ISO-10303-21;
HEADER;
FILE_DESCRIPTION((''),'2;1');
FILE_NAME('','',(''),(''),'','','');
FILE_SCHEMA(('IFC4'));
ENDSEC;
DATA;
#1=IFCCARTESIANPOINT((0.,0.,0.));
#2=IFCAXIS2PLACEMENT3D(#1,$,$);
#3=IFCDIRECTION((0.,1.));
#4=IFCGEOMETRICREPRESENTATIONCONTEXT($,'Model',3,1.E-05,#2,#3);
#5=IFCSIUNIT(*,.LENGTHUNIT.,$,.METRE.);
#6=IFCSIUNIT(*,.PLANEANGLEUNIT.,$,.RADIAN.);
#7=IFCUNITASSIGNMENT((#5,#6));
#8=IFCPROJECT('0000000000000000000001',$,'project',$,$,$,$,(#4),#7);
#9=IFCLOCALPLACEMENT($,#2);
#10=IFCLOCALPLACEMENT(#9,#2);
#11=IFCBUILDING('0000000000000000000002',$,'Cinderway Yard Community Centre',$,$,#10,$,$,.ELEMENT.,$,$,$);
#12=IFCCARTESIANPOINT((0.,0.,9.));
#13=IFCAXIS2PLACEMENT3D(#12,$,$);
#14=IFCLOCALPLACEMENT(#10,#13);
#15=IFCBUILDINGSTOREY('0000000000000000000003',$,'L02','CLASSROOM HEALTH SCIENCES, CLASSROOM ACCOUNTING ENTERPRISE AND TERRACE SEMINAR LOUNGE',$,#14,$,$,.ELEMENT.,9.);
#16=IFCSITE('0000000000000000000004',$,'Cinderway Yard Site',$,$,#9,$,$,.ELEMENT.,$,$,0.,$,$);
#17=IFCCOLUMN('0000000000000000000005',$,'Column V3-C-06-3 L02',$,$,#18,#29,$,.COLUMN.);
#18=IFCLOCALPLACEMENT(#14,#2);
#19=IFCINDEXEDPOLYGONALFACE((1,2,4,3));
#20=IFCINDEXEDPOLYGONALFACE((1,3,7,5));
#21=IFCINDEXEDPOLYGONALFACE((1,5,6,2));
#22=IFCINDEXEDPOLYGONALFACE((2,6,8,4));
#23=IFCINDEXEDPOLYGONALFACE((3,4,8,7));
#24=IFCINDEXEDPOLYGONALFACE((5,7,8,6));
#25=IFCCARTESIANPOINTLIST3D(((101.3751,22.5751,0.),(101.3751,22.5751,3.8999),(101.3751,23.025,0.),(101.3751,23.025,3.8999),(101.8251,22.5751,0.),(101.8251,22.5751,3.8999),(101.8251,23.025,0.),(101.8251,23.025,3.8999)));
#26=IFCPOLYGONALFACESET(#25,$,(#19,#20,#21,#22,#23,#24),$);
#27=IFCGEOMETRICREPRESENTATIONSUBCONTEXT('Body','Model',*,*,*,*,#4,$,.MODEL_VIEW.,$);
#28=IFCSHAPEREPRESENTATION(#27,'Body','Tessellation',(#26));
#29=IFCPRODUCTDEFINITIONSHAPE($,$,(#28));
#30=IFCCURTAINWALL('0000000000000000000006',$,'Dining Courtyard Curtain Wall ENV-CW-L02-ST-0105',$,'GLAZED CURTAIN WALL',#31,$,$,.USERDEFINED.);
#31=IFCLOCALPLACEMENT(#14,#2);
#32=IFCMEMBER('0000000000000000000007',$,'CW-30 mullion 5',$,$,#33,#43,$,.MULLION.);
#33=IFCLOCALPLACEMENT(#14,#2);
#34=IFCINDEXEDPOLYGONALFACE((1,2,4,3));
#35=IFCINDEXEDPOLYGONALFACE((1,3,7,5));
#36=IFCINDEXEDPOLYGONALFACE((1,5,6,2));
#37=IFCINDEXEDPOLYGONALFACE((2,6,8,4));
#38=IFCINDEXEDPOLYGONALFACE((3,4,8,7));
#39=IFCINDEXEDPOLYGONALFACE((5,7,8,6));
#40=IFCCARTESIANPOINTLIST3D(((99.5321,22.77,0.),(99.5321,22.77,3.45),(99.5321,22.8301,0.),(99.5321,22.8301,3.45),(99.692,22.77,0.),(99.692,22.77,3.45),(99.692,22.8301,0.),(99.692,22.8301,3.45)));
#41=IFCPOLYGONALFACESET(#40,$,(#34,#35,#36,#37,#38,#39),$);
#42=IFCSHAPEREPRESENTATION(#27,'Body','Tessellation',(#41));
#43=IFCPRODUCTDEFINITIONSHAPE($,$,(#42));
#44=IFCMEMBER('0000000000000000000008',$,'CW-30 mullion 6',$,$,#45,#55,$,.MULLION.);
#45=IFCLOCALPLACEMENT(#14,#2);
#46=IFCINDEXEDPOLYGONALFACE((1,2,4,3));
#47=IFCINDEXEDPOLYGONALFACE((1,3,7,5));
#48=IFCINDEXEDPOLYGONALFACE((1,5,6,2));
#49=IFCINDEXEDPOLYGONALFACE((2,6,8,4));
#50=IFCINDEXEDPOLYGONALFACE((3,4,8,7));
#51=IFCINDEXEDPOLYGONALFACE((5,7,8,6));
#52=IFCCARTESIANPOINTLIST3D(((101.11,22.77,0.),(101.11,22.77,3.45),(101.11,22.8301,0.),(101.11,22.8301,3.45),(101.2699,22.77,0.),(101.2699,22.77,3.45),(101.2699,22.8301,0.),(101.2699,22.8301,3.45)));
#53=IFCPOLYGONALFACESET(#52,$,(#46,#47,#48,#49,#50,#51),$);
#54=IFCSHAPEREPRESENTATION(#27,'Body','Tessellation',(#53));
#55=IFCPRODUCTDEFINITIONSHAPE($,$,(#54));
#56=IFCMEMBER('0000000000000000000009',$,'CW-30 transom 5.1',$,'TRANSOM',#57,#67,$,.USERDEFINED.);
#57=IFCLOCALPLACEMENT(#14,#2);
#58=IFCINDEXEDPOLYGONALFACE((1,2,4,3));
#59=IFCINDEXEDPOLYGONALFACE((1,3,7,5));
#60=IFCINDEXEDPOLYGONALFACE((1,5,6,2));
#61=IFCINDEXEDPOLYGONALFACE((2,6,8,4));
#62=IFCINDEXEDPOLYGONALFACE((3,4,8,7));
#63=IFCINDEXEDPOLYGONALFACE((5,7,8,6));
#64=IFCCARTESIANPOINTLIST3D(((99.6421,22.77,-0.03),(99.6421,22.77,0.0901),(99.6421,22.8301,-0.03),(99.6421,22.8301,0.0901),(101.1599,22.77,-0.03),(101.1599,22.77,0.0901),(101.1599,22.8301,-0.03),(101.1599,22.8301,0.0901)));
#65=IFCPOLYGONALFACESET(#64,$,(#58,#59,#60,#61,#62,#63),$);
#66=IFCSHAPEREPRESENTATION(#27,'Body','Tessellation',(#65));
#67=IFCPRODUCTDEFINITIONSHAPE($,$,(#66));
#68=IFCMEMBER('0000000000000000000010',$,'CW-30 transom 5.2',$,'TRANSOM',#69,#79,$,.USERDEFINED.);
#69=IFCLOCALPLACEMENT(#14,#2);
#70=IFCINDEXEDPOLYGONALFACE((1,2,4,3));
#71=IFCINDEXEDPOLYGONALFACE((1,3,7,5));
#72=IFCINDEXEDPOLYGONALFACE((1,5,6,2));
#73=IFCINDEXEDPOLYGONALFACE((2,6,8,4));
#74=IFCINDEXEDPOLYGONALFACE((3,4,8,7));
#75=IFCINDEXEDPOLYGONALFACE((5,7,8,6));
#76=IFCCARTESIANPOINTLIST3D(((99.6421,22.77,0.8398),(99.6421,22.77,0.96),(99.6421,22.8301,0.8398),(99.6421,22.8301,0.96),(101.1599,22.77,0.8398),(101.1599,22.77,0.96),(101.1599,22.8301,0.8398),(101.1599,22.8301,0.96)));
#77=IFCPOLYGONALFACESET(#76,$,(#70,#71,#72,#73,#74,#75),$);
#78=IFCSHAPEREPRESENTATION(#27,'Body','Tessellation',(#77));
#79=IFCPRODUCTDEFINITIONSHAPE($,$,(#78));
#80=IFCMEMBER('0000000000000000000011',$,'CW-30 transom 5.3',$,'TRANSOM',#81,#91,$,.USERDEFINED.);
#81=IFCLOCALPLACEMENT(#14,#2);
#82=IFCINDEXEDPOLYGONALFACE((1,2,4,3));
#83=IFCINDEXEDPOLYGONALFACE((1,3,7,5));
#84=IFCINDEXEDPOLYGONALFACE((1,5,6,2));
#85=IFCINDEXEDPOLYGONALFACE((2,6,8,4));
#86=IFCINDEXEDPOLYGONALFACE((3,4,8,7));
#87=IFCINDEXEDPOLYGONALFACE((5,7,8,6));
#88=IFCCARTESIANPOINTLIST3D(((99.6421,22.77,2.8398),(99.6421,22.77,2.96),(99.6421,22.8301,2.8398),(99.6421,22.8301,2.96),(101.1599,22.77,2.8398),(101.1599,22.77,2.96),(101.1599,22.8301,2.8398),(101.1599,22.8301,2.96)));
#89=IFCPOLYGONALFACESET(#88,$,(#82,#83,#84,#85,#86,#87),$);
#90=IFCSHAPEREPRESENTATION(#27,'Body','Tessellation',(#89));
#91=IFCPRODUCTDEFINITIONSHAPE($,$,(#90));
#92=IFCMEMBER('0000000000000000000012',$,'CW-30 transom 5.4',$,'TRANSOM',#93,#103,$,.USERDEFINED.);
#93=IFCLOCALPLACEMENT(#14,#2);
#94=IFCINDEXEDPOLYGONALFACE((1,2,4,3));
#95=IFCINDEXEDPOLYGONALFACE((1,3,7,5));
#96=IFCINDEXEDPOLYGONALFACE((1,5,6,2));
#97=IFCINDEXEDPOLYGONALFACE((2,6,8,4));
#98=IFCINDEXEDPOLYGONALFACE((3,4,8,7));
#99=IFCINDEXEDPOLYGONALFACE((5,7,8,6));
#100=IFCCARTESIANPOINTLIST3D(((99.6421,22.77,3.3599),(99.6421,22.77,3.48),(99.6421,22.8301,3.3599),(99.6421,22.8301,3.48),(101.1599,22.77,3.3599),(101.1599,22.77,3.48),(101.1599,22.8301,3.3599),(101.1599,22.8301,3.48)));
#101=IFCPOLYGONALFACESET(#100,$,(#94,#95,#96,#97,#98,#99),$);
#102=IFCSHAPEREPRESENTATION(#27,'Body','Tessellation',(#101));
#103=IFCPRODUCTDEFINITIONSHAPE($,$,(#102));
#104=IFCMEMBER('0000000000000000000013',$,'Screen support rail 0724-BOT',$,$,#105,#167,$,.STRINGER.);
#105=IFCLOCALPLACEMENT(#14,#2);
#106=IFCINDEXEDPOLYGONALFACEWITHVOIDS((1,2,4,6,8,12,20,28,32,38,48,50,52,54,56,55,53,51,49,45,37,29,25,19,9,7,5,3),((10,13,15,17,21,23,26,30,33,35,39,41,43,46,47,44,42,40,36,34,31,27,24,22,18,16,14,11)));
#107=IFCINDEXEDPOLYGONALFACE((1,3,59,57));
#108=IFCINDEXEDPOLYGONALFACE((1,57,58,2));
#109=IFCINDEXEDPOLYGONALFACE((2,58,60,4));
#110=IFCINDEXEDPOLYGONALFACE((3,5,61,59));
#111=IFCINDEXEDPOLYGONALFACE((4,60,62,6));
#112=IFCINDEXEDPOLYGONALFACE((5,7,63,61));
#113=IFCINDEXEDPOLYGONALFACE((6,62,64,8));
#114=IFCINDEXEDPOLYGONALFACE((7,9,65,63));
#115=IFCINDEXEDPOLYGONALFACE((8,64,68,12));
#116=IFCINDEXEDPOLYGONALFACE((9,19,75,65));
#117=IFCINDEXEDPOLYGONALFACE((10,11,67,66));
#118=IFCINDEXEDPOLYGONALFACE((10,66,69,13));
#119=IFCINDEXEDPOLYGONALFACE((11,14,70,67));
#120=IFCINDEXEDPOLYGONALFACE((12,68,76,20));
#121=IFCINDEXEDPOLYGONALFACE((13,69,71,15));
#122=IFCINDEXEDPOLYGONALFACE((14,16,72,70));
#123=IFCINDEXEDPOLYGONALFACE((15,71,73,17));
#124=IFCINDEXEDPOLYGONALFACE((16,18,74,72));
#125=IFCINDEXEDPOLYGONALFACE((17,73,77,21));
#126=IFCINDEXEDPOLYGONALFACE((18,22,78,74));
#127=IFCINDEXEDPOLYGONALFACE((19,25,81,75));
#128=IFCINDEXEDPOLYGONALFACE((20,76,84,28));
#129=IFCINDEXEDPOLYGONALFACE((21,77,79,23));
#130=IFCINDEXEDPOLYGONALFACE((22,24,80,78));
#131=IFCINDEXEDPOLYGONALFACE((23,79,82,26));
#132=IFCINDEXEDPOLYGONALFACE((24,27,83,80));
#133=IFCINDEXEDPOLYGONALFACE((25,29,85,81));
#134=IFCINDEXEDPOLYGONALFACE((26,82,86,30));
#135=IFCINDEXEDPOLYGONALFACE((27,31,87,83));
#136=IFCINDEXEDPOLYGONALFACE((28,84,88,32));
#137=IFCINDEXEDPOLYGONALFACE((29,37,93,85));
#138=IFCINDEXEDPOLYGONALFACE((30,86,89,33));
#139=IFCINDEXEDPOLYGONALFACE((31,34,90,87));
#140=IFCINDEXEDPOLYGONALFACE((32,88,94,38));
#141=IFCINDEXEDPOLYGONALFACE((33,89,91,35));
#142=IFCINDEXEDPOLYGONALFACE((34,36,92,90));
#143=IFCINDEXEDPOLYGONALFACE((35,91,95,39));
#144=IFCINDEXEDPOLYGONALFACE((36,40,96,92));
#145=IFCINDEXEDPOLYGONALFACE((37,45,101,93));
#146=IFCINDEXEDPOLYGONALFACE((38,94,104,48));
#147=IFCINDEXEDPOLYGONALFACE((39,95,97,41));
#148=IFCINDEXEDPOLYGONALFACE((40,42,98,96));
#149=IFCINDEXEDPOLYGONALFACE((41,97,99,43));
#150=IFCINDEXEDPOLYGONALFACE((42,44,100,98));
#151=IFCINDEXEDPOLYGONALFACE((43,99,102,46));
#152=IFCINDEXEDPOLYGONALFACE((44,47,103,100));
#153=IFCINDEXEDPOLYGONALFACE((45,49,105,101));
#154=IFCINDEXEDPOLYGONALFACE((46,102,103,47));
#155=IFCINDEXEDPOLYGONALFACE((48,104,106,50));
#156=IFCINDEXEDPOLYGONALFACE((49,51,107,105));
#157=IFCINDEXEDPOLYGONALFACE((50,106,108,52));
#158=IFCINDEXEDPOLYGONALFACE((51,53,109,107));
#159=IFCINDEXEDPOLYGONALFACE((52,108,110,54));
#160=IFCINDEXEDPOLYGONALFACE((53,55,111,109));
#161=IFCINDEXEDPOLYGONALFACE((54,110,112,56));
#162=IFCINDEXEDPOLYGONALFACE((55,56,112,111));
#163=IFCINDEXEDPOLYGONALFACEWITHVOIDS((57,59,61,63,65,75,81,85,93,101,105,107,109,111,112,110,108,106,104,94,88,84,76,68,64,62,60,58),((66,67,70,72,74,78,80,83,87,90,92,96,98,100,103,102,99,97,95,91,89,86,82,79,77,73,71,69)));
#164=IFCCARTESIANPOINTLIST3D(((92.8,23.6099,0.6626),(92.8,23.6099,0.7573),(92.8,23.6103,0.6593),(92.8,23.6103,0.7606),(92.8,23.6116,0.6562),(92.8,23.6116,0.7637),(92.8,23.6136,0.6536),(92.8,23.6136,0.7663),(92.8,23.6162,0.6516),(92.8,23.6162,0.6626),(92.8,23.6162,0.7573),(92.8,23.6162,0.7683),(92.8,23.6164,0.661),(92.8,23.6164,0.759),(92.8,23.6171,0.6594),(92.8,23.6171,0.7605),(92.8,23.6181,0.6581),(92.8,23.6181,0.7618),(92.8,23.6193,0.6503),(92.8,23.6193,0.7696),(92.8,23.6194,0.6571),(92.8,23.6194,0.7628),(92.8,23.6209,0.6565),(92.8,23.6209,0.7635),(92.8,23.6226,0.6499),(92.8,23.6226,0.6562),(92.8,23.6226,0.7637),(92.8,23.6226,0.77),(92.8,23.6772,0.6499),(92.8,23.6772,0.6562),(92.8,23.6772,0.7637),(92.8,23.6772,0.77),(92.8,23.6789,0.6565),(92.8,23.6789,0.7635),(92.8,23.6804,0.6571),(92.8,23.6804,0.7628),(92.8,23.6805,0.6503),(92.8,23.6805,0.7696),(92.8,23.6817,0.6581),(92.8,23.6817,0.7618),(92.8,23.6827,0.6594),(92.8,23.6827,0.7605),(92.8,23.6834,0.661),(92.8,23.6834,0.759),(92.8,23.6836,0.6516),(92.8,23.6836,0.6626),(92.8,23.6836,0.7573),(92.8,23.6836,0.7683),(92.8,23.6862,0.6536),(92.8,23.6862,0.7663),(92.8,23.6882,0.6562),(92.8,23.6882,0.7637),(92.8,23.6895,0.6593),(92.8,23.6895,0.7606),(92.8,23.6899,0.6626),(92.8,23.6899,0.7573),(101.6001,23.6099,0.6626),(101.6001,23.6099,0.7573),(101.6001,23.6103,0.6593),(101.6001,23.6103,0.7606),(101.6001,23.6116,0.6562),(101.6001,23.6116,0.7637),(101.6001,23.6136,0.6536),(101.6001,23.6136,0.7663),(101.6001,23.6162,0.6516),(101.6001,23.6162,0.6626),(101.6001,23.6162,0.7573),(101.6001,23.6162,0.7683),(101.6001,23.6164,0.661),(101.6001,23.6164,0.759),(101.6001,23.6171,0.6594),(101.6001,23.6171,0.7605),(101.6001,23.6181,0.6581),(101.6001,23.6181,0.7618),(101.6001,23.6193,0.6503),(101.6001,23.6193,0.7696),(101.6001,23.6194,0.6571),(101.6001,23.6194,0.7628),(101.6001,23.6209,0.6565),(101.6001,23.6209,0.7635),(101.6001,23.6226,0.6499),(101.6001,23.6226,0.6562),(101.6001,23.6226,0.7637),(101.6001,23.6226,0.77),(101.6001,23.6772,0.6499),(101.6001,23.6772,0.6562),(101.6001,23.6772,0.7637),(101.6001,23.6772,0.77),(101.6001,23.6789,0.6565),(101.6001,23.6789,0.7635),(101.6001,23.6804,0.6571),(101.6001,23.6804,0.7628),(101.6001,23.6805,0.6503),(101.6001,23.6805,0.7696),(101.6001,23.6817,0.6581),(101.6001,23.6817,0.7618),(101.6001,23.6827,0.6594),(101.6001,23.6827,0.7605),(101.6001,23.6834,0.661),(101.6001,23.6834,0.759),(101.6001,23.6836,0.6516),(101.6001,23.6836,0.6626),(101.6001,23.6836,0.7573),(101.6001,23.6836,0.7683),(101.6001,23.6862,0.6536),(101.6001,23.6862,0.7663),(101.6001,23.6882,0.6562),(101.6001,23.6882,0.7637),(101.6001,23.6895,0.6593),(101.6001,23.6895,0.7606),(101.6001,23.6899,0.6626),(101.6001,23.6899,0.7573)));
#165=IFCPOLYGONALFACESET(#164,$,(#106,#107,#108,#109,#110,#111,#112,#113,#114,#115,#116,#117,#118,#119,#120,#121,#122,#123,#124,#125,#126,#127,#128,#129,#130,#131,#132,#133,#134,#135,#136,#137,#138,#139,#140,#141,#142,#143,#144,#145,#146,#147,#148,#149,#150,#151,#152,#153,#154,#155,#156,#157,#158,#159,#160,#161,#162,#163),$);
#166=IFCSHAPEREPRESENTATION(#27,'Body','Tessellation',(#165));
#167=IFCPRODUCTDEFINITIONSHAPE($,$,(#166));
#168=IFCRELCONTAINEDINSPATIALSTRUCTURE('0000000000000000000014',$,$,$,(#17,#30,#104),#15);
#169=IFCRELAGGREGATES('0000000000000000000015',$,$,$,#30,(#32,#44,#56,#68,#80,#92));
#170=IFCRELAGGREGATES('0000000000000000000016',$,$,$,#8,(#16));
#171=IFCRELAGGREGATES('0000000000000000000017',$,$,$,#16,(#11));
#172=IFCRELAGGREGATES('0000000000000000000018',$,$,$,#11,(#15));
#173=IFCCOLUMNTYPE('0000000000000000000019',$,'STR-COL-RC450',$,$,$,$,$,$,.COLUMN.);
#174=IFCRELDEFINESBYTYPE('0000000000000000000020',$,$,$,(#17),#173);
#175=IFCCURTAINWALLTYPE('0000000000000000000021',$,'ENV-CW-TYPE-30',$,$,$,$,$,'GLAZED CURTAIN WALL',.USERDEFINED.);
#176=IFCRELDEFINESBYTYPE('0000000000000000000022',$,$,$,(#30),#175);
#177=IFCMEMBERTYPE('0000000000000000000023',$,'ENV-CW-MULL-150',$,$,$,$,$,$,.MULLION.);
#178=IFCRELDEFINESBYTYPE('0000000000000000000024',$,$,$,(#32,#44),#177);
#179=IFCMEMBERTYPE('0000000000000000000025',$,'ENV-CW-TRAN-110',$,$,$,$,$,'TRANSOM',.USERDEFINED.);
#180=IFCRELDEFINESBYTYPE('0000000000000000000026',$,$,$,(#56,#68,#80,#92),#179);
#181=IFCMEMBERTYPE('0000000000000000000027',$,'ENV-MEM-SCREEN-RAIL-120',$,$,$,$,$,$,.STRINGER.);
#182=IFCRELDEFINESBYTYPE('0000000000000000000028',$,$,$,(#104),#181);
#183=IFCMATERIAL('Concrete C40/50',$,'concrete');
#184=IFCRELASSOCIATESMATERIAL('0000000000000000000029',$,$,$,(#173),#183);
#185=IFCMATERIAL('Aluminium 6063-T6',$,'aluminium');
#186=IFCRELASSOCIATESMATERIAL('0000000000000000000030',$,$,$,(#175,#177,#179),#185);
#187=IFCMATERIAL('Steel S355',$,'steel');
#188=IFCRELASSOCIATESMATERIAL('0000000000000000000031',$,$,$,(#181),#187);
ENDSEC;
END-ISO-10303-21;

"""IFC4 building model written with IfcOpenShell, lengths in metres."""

from ifc_helpers import new_model, si_unit, direction, frame, origin, origin_2d, place, context, subcontext, project, spatial, rectangle, hollow_rectangle, extrude, material, material_profile, profile_set, type_object, element, aggregate, save


model = new_model("IFC4")

# Units and contexts
model_context = context("Model", 3, precision=1e-05, world=origin(), true_north=direction((0.0, 1.0)))
body_context = subcontext(model_context, "Body", "Model", "MODEL_VIEW")
ifc_project = project(units=[si_unit("LENGTHUNIT", "METRE"), si_unit("PLANEANGLEUNIT", "RADIAN")], contexts=[model_context])

# Site, building, storey
site_placement = place(None, origin())
site = spatial("IfcSite", under=ifc_project, at=site_placement, Name="Cinderway Yard Site", CompositionType="ELEMENT", RefElevation=0.0)
building_placement = place(site_placement, origin())
building = spatial("IfcBuilding", under=site, at=building_placement, Name="Cinderway Yard Community Centre", CompositionType="ELEMENT")
storey_placement = place(building_placement, frame((0.0, 0.0, 9.0)))
storey = spatial("IfcBuildingStorey", under=building, at=storey_placement, Name="L02", Description="CLASSROOM HEALTH SCIENCES, CLASSROOM ACCOUNTING ENTERPRISE AND TERRACE SEMINAR LOUNGE", CompositionType="ELEMENT", Elevation=9.0)

# Column
ifc_material_1 = material(Name="Concrete C40/50", Category="concrete")
ifc_material_profile_1 = material_profile(ifc_material_1, rectangle(XDim=0.45, YDim=0.45, at=origin_2d()), Name="Concrete C40/50")
ifc_profile_set_1 = profile_set([ifc_material_profile_1], Name="Concrete C40/50")
column_type = type_object("IfcColumnType", Name="STR-COL-RC450", PredefinedType="COLUMN", material=ifc_profile_set_1)
column_placement = place(storey_placement, frame((101.6001, 22.8, 0.0), z_axis=(0.0, 0.0, 1.0), x_axis=(1.0, 0.0, 0.0)))
element("IfcColumn", 1, at=column_placement, inside=storey, type_object=column_type, Name="Column V3-C-06-3 L02", PredefinedType="COLUMN", context=body_context, shape_type="SweptSolid", body=[
    extrude(rectangle(XDim=0.45, YDim=0.45, at=origin_2d()), origin(), (0.0, 0.0, 1.0), 3.8999),
])

# Curtain wall, members
ifc_material_2 = material(Name="Aluminium 6063-T6", Category="aluminium")
curtain_wall_type = type_object("IfcCurtainWallType", Name="ENV-CW-TYPE-30", ElementType="GLAZED CURTAIN WALL", PredefinedType="USERDEFINED", material=ifc_material_2)
curtain_wall_placement = place(storey_placement, origin())
curtain_wall = element("IfcCurtainWall", 2, at=curtain_wall_placement, inside=storey, type_object=curtain_wall_type, Name="Dining Courtyard Curtain Wall ENV-CW-L02-ST-0105", ObjectType="GLAZED CURTAIN WALL", PredefinedType="USERDEFINED")
ifc_material_profile_2 = material_profile(ifc_material_2, rectangle(XDim=0.0601, YDim=0.1599, at=origin_2d()), Name="Aluminium 6063-T6")
ifc_profile_set_2 = profile_set([ifc_material_profile_2], Name="Aluminium 6063-T6")
member_type_1 = type_object("IfcMemberType", Name="ENV-CW-MULL-150", PredefinedType="MULLION", material=ifc_profile_set_2)
member_1_placement = place(storey_placement, frame((99.6121, 22.8, 0.0), z_axis=(0.0, 0.0, 1.0), x_axis=(0.0, 1.0, 0.0)))
member_1 = element("IfcMember", 3, at=member_1_placement, type_object=member_type_1, Name="CW-30 mullion 5", PredefinedType="MULLION", context=body_context, shape_type="SweptSolid", body=[
    extrude(rectangle(XDim=0.0601, YDim=0.1599, at=origin_2d()), origin(), (0.0, 0.0, 1.0), 3.45),
])
member_2_placement = place(storey_placement, frame((101.1899, 22.8, 0.0), z_axis=(0.0, 0.0, 1.0), x_axis=(0.0, 1.0, 0.0)))
member_2 = element("IfcMember", 4, at=member_2_placement, type_object=member_type_1, Name="CW-30 mullion 6", PredefinedType="MULLION", context=body_context, shape_type="SweptSolid", body=[
    extrude(rectangle(XDim=0.0601, YDim=0.1599, at=origin_2d()), origin(), (0.0, 0.0, 1.0), 3.45),
])
ifc_material_profile_3 = material_profile(ifc_material_2, rectangle(XDim=0.0601, YDim=0.1201, at=origin_2d()), Name="Aluminium 6063-T6")
ifc_profile_set_3 = profile_set([ifc_material_profile_3], Name="Aluminium 6063-T6")
member_type_2 = type_object("IfcMemberType", Name="ENV-CW-TRAN-110", ElementType="TRANSOM", PredefinedType="USERDEFINED", material=ifc_profile_set_3)
member_3_placement = place(storey_placement, frame((99.6421, 22.8, 0.03), z_axis=(1.0, 0.0, 0.0), x_axis=(0.0, 1.0, 0.0)))
member_3 = element("IfcMember", 5, at=member_3_placement, type_object=member_type_2, Name="CW-30 transom 5.1", ObjectType="TRANSOM", PredefinedType="USERDEFINED", context=body_context, shape_type="SweptSolid", body=[
    extrude(rectangle(XDim=0.0601, YDim=0.1201, at=origin_2d()), origin(), (0.0, 0.0, 1.0), 1.5178),
])
member_4_placement = place(storey_placement, frame((99.6421, 22.8, 0.8999), z_axis=(1.0, 0.0, 0.0), x_axis=(0.0, 1.0, 0.0)))
member_4 = element("IfcMember", 6, at=member_4_placement, type_object=member_type_2, Name="CW-30 transom 5.2", ObjectType="TRANSOM", PredefinedType="USERDEFINED", context=body_context, shape_type="SweptSolid", body=[
    extrude(rectangle(XDim=0.0601, YDim=0.1201, at=origin_2d()), origin(), (0.0, 0.0, 1.0), 1.5178),
])
member_5_placement = place(storey_placement, frame((99.6421, 22.8, 2.8999), z_axis=(1.0, 0.0, 0.0), x_axis=(0.0, 1.0, 0.0)))
member_5 = element("IfcMember", 7, at=member_5_placement, type_object=member_type_2, Name="CW-30 transom 5.3", ObjectType="TRANSOM", PredefinedType="USERDEFINED", context=body_context, shape_type="SweptSolid", body=[
    extrude(rectangle(XDim=0.0601, YDim=0.1201, at=origin_2d()), origin(), (0.0, 0.0, 1.0), 1.5178),
])
member_6_placement = place(storey_placement, frame((99.6421, 22.8, 3.4199), z_axis=(1.0, 0.0, 0.0), x_axis=(0.0, 1.0, 0.0)))
member_6 = element("IfcMember", 8, at=member_6_placement, type_object=member_type_2, Name="CW-30 transom 5.4", ObjectType="TRANSOM", PredefinedType="USERDEFINED", context=body_context, shape_type="SweptSolid", body=[
    extrude(rectangle(XDim=0.0601, YDim=0.1201, at=origin_2d()), origin(), (0.0, 0.0, 1.0), 1.5178),
])

# Member
ifc_material_3 = material(Name="Steel S355", Category="steel")
ifc_material_profile_4 = material_profile(ifc_material_3, hollow_rectangle(XDim=0.0801, YDim=0.1201, WallThickness=0.0063, InnerFilletRadius=0.0063, OuterFilletRadius=0.0127, at=origin_2d()), Name="Steel S355")
ifc_profile_set_4 = profile_set([ifc_material_profile_4], Name="Steel S355")
member_type_3 = type_object("IfcMemberType", Name="ENV-MEM-SCREEN-RAIL-120", PredefinedType="STRINGER", material=ifc_profile_set_4)
for number, where, z_axis, x_axis, name in (
    (9, (92.8, 23.6499, 0.71), (1.0, 0.0, 0.0), (0.0, 1.0, 0.0), "Screen support rail 0724-BOT"),
):
    element("IfcMember", number, at=place(storey_placement, frame(where, z_axis=z_axis, x_axis=x_axis)), inside=storey, type_object=member_type_3, Name=name, PredefinedType="STRINGER", context=body_context, shape_type="SweptSolid", body=[
        extrude(hollow_rectangle(XDim=0.0801, YDim=0.1201, WallThickness=0.0063, InnerFilletRadius=0.0063, OuterFilletRadius=0.0127, at=origin_2d()), origin(), (0.0, 0.0, 1.0), 8.8),
    ])

aggregate(curtain_wall, [member_1, member_2, member_3, member_4, member_5, member_6])

save(model, "model.ifc")
